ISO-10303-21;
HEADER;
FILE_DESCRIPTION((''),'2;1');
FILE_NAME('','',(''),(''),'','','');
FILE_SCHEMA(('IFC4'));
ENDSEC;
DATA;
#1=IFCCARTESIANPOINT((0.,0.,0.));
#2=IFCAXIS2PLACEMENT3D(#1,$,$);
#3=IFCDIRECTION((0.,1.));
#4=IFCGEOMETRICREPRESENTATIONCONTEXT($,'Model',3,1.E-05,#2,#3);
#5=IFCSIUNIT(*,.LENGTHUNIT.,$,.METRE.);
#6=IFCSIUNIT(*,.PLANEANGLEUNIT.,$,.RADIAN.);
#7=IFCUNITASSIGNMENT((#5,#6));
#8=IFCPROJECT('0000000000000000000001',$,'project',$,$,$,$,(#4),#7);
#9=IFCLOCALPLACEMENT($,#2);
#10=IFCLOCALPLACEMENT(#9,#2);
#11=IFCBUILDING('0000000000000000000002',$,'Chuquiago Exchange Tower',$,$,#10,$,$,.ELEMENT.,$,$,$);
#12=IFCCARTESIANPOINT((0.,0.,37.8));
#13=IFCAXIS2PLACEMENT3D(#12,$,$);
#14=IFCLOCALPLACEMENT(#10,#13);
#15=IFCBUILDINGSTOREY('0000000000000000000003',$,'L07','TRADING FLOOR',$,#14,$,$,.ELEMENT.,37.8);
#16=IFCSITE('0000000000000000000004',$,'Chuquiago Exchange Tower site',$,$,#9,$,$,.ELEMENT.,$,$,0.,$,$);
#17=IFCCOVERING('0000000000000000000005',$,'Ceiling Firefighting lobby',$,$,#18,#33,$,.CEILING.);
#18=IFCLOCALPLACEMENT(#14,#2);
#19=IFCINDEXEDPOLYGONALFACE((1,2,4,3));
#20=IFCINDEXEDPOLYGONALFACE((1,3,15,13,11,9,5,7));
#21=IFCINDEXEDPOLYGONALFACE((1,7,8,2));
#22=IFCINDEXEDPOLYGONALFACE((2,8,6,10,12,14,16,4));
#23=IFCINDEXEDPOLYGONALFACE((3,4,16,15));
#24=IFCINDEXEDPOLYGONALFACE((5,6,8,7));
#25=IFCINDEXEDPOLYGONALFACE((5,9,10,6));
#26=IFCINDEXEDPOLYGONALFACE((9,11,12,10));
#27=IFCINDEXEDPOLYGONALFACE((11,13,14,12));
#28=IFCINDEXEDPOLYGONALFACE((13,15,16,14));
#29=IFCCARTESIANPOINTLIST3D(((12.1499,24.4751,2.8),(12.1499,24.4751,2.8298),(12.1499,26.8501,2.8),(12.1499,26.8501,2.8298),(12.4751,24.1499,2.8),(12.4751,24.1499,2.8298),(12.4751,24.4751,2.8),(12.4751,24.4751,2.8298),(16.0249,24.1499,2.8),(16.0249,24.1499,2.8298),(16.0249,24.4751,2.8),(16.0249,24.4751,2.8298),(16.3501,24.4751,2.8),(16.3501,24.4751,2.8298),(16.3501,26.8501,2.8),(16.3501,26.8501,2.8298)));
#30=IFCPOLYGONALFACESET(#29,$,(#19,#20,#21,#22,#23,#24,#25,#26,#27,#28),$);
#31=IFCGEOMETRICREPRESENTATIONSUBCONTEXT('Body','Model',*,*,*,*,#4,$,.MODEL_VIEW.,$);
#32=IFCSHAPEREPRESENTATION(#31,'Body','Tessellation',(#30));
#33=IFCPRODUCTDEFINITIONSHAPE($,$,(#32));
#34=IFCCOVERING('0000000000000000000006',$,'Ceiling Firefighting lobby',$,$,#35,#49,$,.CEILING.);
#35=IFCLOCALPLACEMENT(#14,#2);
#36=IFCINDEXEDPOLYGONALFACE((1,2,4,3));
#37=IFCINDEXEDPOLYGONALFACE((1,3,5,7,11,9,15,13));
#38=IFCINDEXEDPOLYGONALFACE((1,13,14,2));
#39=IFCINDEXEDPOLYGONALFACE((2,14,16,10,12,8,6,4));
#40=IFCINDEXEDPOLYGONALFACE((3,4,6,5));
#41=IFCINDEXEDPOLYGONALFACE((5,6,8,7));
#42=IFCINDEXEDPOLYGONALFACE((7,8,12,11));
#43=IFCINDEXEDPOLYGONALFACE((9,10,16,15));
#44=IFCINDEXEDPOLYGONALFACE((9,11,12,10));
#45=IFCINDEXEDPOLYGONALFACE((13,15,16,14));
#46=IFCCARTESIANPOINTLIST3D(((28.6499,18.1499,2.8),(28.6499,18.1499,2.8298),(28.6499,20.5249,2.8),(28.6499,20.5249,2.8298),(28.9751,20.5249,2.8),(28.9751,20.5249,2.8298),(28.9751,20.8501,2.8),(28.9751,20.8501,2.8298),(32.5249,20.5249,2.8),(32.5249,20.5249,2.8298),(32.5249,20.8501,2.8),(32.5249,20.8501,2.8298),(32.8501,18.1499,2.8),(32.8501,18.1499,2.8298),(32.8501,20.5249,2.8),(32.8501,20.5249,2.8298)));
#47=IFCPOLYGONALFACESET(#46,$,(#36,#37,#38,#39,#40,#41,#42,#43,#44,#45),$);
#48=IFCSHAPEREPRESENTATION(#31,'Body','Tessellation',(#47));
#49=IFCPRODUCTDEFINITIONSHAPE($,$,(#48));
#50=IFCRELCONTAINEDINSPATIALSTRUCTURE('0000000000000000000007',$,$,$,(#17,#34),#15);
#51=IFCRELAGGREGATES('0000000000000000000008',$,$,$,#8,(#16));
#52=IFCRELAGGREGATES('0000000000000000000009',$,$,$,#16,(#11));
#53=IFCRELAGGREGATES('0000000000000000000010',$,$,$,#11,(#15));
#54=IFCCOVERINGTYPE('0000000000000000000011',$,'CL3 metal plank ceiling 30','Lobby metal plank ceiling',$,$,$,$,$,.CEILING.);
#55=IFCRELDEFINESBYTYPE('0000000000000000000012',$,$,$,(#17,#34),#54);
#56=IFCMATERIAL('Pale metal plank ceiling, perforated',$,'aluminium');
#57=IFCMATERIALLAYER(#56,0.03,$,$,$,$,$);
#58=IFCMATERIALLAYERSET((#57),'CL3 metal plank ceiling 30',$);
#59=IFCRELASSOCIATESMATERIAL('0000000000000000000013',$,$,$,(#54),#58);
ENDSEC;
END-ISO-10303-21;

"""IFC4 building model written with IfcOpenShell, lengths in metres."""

from ifc_helpers import new_model, si_unit, direction, frame, origin, place, context, subcontext, project, spatial, polyline, outline, extrude, material, layer, layer_set, type_object, element, save


model = new_model("IFC4")

# Units and contexts
model_context = context("Model", 3, precision=1e-05, world=origin(), true_north=direction((0.0, 1.0)))
body_context = subcontext(model_context, "Body", "Model", "MODEL_VIEW")
ifc_project = project(units=[si_unit("LENGTHUNIT", "METRE"), si_unit("PLANEANGLEUNIT", "RADIAN")], contexts=[model_context])

# Site, building, storey
site_placement = place(None, origin())
site = spatial("IfcSite", under=ifc_project, at=site_placement, Name="Chuquiago Exchange Tower site", CompositionType="ELEMENT", RefElevation=0.0)
building_placement = place(site_placement, origin())
building = spatial("IfcBuilding", under=site, at=building_placement, Name="Chuquiago Exchange Tower", CompositionType="ELEMENT")
storey_placement = place(building_placement, frame((0.0, 0.0, 37.8)))
storey = spatial("IfcBuildingStorey", under=building, at=storey_placement, Name="L07", Description="TRADING FLOOR", CompositionType="ELEMENT", Elevation=37.8)

# Coverings
ifc_material_1 = material(Name="Pale metal plank ceiling, perforated", Category="aluminium")
ifc_layer_1 = layer(ifc_material_1, 0.03)
ifc_layer_set_1 = layer_set([ifc_layer_1], Name="CL3 metal plank ceiling 30")
covering_type_1 = type_object("IfcCoveringType", Name="CL3 metal plank ceiling 30", Description="Lobby metal plank ceiling", PredefinedType="CEILING", material=ifc_layer_set_1)
covering_1_placement = place(storey_placement, frame((0.0, 0.0, 2.8)))
element("IfcCovering", 1, at=covering_1_placement, inside=storey, type_object=covering_type_1, Name="Ceiling Firefighting lobby", PredefinedType="CEILING", context=body_context, shape_type="SweptSolid", body=[
    extrude(outline(polyline([(12.4751, 24.1499), (12.4751, 24.4751), (12.1499, 24.4751), (12.1499, 26.8501), (16.3501, 26.8501), (16.3501, 24.4751), (16.0249, 24.4751), (16.0249, 24.1499), (12.4751, 24.1499)])), origin(), (0.0, 0.0, 1.0), 0.0298),
])
covering_2_placement = place(storey_placement, frame((0.0, 0.0, 2.8)))
element("IfcCovering", 2, at=covering_2_placement, inside=storey, type_object=covering_type_1, Name="Ceiling Firefighting lobby", PredefinedType="CEILING", context=body_context, shape_type="SweptSolid", body=[
    extrude(outline(polyline([(28.6499, 18.1499), (28.6499, 20.5249), (28.9751, 20.5249), (28.9751, 20.8501), (32.5249, 20.8501), (32.5249, 20.5249), (32.8501, 20.5249), (32.8501, 18.1499), (28.6499, 18.1499)])), origin(), (0.0, 0.0, 1.0), 0.0298),
])

save(model, "model.ifc")
